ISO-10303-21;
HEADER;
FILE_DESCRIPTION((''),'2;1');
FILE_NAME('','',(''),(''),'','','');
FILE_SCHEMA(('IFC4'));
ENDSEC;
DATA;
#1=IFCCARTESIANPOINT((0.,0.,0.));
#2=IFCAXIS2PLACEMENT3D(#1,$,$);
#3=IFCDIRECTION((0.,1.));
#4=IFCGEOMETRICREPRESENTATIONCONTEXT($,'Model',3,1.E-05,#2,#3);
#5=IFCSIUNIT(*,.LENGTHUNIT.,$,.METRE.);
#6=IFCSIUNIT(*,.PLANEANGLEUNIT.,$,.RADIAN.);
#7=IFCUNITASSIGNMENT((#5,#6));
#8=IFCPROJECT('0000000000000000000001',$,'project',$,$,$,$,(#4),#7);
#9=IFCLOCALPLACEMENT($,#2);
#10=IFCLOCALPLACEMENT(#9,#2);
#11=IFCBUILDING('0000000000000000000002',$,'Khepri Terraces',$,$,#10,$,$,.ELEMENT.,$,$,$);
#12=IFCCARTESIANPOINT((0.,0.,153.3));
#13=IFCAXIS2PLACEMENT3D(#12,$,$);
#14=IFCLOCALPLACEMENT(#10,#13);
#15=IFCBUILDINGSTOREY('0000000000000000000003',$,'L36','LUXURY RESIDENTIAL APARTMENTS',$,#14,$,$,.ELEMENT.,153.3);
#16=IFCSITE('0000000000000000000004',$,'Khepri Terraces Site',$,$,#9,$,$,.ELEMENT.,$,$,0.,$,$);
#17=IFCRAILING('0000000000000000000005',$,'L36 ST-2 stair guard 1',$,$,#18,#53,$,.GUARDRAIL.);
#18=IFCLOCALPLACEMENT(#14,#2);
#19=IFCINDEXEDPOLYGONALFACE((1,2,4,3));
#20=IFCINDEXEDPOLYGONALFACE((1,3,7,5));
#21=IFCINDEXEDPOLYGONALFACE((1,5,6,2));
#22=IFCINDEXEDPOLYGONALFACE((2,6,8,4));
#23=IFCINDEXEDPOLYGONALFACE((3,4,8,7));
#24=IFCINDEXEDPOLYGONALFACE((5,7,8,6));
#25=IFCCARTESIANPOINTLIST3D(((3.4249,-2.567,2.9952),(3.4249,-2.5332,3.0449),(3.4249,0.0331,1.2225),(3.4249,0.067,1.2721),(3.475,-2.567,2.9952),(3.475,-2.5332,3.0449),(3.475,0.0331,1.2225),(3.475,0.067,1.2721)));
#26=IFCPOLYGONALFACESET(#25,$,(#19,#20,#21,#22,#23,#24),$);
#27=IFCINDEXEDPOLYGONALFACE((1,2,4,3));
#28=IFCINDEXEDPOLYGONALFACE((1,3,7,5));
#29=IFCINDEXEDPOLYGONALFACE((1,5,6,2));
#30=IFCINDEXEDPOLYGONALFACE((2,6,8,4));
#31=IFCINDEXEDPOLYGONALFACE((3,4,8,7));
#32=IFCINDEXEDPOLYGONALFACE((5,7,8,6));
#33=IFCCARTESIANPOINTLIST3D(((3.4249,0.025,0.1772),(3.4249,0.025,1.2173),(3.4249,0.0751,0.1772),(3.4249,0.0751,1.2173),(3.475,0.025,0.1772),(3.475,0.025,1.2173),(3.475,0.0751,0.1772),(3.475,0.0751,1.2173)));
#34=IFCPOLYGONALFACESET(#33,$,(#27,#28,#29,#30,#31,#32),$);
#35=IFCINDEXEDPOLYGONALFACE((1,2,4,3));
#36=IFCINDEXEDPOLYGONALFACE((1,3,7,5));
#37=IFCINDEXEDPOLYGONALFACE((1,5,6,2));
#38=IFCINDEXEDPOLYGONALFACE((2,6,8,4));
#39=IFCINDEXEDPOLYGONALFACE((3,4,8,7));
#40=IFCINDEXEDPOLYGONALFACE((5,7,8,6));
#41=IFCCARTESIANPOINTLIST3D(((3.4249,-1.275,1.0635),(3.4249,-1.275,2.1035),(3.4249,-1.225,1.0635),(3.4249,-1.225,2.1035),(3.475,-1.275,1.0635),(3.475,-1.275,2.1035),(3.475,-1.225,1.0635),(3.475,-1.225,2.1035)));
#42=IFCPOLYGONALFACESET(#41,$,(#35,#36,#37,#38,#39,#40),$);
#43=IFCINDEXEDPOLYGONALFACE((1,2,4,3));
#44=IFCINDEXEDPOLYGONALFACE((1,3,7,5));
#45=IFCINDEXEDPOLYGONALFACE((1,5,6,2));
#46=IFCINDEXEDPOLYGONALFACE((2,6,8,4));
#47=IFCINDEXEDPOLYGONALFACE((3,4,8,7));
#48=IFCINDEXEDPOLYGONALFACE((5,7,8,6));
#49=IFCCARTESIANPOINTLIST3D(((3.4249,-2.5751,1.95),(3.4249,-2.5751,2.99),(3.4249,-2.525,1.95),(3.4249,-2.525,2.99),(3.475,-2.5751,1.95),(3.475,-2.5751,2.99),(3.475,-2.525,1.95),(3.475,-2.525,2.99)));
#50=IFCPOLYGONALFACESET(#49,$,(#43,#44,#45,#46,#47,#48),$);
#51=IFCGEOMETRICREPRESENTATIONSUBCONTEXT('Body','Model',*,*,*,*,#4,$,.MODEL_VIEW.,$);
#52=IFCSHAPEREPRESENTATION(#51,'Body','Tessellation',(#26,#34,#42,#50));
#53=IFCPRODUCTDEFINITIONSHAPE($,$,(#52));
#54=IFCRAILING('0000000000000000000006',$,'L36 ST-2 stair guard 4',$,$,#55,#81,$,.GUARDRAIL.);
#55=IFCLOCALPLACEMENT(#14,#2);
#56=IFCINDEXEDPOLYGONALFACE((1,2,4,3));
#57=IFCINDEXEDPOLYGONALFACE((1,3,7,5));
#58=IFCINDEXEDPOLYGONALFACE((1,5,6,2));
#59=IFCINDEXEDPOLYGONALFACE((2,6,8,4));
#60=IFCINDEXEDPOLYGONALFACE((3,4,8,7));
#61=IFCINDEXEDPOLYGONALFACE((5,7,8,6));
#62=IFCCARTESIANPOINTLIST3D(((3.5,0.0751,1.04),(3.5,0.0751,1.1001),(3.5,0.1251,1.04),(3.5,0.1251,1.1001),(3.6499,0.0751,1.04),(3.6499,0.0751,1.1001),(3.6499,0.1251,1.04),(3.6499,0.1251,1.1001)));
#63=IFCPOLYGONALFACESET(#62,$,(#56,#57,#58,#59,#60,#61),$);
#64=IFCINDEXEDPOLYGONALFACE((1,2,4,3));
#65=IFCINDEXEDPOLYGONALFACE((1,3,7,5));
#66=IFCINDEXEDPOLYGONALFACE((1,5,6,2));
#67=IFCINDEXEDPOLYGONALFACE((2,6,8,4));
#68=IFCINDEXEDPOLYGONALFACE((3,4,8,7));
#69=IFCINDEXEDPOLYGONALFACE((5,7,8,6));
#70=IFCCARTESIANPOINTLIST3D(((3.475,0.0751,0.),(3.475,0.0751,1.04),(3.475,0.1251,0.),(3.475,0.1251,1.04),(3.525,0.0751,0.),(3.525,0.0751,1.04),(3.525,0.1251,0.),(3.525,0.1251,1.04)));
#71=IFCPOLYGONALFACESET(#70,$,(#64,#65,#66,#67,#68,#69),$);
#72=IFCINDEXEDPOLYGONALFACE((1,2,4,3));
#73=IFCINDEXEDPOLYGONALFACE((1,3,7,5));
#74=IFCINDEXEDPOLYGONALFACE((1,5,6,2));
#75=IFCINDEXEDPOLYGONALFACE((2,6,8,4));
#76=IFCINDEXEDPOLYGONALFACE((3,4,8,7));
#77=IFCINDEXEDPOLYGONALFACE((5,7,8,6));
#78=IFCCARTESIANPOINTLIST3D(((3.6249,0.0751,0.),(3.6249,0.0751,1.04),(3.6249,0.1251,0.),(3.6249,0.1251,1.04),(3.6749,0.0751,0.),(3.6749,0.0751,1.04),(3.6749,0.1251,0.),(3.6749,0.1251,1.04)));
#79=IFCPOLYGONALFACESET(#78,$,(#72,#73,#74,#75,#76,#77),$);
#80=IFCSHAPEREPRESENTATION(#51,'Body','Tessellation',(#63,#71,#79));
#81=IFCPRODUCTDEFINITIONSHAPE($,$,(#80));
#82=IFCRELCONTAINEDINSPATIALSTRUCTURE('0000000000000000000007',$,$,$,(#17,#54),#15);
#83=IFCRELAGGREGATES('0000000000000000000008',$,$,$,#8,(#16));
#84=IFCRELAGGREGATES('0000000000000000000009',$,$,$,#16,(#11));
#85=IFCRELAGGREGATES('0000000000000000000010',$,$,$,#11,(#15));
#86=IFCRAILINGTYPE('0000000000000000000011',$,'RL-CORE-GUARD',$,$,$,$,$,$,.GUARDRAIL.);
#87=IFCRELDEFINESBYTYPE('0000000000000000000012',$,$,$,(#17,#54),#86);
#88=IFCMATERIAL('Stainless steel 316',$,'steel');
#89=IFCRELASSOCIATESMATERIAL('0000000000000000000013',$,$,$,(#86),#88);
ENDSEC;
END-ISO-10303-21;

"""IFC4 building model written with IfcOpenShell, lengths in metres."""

from ifc_helpers import new_model, si_unit, direction, frame, origin, origin_2d, place, context, subcontext, project, spatial, rectangle, extrude, material, type_object, element, save


model = new_model("IFC4")

# Units and contexts
model_context = context("Model", 3, precision=1e-05, world=origin(), true_north=direction((0.0, 1.0)))
body_context = subcontext(model_context, "Body", "Model", "MODEL_VIEW")
ifc_project = project(units=[si_unit("LENGTHUNIT", "METRE"), si_unit("PLANEANGLEUNIT", "RADIAN")], contexts=[model_context])

# Site, building, storey
site_placement = place(None, origin())
site = spatial("IfcSite", under=ifc_project, at=site_placement, Name="Khepri Terraces Site", CompositionType="ELEMENT", RefElevation=0.0)
building_placement = place(site_placement, origin())
building = spatial("IfcBuilding", under=site, at=building_placement, Name="Khepri Terraces", CompositionType="ELEMENT")
storey_placement = place(building_placement, frame((0.0, 0.0, 153.3)))
storey = spatial("IfcBuildingStorey", under=building, at=storey_placement, Name="L36", Description="LUXURY RESIDENTIAL APARTMENTS", CompositionType="ELEMENT", Elevation=153.3)

# Railings
ifc_material_1 = material(Name="Stainless steel 316", Category="steel")
railing_type = type_object("IfcRailingType", Name="RL-CORE-GUARD", PredefinedType="GUARDRAIL", material=ifc_material_1)
railing_1_placement = place(storey_placement, frame((3.45, 0.05, 0.1772)))
element("IfcRailing", 1, at=railing_1_placement, inside=storey, type_object=railing_type, Name="L36 ST-2 stair guard 1", PredefinedType="GUARDRAIL", context=body_context, shape_type="SweptSolid", body=[
    extrude(rectangle(XDim=0.05, YDim=0.0601, at=origin_2d()), frame((0.0, 0.0, 1.0701), z_axis=(0.0, -0.82624, 0.563318), x_axis=(1.0, 0.0, 0.0)), (0.0, 0.0, 1.0), 3.147),
    extrude(rectangle(XDim=0.05, YDim=0.05, at=origin_2d()), origin(), (0.0, 0.0, 1.0), 1.04),
    extrude(rectangle(XDim=0.05, YDim=0.05, at=origin_2d()), frame((0.0, -1.3, 0.8862)), (0.0, 0.0, 1.0), 1.04),
    extrude(rectangle(XDim=0.05, YDim=0.05, at=origin_2d()), frame((0.0, -2.6001, 1.7727)), (0.0, 0.0, 1.0), 1.04),
])
railing_2_placement = place(storey_placement, frame((3.5, 0.1001, 0.0)))
element("IfcRailing", 2, at=railing_2_placement, inside=storey, type_object=railing_type, Name="L36 ST-2 stair guard 4", PredefinedType="GUARDRAIL", context=body_context, shape_type="SweptSolid", body=[
    extrude(rectangle(XDim=0.05, YDim=0.0601, at=origin_2d()), frame((0.0, 0.0, 1.0701), z_axis=(1.0, 0.0, 0.0), x_axis=(0.0, 1.0, 0.0)), (0.0, 0.0, 1.0), 0.1499),
    extrude(rectangle(XDim=0.05, YDim=0.05, at=origin_2d()), origin(), (0.0, 0.0, 1.0), 1.04),
    extrude(rectangle(XDim=0.05, YDim=0.05, at=origin_2d()), frame((0.1499, 0.0, 0.0)), (0.0, 0.0, 1.0), 1.04),
])

save(model, "model.ifc")
